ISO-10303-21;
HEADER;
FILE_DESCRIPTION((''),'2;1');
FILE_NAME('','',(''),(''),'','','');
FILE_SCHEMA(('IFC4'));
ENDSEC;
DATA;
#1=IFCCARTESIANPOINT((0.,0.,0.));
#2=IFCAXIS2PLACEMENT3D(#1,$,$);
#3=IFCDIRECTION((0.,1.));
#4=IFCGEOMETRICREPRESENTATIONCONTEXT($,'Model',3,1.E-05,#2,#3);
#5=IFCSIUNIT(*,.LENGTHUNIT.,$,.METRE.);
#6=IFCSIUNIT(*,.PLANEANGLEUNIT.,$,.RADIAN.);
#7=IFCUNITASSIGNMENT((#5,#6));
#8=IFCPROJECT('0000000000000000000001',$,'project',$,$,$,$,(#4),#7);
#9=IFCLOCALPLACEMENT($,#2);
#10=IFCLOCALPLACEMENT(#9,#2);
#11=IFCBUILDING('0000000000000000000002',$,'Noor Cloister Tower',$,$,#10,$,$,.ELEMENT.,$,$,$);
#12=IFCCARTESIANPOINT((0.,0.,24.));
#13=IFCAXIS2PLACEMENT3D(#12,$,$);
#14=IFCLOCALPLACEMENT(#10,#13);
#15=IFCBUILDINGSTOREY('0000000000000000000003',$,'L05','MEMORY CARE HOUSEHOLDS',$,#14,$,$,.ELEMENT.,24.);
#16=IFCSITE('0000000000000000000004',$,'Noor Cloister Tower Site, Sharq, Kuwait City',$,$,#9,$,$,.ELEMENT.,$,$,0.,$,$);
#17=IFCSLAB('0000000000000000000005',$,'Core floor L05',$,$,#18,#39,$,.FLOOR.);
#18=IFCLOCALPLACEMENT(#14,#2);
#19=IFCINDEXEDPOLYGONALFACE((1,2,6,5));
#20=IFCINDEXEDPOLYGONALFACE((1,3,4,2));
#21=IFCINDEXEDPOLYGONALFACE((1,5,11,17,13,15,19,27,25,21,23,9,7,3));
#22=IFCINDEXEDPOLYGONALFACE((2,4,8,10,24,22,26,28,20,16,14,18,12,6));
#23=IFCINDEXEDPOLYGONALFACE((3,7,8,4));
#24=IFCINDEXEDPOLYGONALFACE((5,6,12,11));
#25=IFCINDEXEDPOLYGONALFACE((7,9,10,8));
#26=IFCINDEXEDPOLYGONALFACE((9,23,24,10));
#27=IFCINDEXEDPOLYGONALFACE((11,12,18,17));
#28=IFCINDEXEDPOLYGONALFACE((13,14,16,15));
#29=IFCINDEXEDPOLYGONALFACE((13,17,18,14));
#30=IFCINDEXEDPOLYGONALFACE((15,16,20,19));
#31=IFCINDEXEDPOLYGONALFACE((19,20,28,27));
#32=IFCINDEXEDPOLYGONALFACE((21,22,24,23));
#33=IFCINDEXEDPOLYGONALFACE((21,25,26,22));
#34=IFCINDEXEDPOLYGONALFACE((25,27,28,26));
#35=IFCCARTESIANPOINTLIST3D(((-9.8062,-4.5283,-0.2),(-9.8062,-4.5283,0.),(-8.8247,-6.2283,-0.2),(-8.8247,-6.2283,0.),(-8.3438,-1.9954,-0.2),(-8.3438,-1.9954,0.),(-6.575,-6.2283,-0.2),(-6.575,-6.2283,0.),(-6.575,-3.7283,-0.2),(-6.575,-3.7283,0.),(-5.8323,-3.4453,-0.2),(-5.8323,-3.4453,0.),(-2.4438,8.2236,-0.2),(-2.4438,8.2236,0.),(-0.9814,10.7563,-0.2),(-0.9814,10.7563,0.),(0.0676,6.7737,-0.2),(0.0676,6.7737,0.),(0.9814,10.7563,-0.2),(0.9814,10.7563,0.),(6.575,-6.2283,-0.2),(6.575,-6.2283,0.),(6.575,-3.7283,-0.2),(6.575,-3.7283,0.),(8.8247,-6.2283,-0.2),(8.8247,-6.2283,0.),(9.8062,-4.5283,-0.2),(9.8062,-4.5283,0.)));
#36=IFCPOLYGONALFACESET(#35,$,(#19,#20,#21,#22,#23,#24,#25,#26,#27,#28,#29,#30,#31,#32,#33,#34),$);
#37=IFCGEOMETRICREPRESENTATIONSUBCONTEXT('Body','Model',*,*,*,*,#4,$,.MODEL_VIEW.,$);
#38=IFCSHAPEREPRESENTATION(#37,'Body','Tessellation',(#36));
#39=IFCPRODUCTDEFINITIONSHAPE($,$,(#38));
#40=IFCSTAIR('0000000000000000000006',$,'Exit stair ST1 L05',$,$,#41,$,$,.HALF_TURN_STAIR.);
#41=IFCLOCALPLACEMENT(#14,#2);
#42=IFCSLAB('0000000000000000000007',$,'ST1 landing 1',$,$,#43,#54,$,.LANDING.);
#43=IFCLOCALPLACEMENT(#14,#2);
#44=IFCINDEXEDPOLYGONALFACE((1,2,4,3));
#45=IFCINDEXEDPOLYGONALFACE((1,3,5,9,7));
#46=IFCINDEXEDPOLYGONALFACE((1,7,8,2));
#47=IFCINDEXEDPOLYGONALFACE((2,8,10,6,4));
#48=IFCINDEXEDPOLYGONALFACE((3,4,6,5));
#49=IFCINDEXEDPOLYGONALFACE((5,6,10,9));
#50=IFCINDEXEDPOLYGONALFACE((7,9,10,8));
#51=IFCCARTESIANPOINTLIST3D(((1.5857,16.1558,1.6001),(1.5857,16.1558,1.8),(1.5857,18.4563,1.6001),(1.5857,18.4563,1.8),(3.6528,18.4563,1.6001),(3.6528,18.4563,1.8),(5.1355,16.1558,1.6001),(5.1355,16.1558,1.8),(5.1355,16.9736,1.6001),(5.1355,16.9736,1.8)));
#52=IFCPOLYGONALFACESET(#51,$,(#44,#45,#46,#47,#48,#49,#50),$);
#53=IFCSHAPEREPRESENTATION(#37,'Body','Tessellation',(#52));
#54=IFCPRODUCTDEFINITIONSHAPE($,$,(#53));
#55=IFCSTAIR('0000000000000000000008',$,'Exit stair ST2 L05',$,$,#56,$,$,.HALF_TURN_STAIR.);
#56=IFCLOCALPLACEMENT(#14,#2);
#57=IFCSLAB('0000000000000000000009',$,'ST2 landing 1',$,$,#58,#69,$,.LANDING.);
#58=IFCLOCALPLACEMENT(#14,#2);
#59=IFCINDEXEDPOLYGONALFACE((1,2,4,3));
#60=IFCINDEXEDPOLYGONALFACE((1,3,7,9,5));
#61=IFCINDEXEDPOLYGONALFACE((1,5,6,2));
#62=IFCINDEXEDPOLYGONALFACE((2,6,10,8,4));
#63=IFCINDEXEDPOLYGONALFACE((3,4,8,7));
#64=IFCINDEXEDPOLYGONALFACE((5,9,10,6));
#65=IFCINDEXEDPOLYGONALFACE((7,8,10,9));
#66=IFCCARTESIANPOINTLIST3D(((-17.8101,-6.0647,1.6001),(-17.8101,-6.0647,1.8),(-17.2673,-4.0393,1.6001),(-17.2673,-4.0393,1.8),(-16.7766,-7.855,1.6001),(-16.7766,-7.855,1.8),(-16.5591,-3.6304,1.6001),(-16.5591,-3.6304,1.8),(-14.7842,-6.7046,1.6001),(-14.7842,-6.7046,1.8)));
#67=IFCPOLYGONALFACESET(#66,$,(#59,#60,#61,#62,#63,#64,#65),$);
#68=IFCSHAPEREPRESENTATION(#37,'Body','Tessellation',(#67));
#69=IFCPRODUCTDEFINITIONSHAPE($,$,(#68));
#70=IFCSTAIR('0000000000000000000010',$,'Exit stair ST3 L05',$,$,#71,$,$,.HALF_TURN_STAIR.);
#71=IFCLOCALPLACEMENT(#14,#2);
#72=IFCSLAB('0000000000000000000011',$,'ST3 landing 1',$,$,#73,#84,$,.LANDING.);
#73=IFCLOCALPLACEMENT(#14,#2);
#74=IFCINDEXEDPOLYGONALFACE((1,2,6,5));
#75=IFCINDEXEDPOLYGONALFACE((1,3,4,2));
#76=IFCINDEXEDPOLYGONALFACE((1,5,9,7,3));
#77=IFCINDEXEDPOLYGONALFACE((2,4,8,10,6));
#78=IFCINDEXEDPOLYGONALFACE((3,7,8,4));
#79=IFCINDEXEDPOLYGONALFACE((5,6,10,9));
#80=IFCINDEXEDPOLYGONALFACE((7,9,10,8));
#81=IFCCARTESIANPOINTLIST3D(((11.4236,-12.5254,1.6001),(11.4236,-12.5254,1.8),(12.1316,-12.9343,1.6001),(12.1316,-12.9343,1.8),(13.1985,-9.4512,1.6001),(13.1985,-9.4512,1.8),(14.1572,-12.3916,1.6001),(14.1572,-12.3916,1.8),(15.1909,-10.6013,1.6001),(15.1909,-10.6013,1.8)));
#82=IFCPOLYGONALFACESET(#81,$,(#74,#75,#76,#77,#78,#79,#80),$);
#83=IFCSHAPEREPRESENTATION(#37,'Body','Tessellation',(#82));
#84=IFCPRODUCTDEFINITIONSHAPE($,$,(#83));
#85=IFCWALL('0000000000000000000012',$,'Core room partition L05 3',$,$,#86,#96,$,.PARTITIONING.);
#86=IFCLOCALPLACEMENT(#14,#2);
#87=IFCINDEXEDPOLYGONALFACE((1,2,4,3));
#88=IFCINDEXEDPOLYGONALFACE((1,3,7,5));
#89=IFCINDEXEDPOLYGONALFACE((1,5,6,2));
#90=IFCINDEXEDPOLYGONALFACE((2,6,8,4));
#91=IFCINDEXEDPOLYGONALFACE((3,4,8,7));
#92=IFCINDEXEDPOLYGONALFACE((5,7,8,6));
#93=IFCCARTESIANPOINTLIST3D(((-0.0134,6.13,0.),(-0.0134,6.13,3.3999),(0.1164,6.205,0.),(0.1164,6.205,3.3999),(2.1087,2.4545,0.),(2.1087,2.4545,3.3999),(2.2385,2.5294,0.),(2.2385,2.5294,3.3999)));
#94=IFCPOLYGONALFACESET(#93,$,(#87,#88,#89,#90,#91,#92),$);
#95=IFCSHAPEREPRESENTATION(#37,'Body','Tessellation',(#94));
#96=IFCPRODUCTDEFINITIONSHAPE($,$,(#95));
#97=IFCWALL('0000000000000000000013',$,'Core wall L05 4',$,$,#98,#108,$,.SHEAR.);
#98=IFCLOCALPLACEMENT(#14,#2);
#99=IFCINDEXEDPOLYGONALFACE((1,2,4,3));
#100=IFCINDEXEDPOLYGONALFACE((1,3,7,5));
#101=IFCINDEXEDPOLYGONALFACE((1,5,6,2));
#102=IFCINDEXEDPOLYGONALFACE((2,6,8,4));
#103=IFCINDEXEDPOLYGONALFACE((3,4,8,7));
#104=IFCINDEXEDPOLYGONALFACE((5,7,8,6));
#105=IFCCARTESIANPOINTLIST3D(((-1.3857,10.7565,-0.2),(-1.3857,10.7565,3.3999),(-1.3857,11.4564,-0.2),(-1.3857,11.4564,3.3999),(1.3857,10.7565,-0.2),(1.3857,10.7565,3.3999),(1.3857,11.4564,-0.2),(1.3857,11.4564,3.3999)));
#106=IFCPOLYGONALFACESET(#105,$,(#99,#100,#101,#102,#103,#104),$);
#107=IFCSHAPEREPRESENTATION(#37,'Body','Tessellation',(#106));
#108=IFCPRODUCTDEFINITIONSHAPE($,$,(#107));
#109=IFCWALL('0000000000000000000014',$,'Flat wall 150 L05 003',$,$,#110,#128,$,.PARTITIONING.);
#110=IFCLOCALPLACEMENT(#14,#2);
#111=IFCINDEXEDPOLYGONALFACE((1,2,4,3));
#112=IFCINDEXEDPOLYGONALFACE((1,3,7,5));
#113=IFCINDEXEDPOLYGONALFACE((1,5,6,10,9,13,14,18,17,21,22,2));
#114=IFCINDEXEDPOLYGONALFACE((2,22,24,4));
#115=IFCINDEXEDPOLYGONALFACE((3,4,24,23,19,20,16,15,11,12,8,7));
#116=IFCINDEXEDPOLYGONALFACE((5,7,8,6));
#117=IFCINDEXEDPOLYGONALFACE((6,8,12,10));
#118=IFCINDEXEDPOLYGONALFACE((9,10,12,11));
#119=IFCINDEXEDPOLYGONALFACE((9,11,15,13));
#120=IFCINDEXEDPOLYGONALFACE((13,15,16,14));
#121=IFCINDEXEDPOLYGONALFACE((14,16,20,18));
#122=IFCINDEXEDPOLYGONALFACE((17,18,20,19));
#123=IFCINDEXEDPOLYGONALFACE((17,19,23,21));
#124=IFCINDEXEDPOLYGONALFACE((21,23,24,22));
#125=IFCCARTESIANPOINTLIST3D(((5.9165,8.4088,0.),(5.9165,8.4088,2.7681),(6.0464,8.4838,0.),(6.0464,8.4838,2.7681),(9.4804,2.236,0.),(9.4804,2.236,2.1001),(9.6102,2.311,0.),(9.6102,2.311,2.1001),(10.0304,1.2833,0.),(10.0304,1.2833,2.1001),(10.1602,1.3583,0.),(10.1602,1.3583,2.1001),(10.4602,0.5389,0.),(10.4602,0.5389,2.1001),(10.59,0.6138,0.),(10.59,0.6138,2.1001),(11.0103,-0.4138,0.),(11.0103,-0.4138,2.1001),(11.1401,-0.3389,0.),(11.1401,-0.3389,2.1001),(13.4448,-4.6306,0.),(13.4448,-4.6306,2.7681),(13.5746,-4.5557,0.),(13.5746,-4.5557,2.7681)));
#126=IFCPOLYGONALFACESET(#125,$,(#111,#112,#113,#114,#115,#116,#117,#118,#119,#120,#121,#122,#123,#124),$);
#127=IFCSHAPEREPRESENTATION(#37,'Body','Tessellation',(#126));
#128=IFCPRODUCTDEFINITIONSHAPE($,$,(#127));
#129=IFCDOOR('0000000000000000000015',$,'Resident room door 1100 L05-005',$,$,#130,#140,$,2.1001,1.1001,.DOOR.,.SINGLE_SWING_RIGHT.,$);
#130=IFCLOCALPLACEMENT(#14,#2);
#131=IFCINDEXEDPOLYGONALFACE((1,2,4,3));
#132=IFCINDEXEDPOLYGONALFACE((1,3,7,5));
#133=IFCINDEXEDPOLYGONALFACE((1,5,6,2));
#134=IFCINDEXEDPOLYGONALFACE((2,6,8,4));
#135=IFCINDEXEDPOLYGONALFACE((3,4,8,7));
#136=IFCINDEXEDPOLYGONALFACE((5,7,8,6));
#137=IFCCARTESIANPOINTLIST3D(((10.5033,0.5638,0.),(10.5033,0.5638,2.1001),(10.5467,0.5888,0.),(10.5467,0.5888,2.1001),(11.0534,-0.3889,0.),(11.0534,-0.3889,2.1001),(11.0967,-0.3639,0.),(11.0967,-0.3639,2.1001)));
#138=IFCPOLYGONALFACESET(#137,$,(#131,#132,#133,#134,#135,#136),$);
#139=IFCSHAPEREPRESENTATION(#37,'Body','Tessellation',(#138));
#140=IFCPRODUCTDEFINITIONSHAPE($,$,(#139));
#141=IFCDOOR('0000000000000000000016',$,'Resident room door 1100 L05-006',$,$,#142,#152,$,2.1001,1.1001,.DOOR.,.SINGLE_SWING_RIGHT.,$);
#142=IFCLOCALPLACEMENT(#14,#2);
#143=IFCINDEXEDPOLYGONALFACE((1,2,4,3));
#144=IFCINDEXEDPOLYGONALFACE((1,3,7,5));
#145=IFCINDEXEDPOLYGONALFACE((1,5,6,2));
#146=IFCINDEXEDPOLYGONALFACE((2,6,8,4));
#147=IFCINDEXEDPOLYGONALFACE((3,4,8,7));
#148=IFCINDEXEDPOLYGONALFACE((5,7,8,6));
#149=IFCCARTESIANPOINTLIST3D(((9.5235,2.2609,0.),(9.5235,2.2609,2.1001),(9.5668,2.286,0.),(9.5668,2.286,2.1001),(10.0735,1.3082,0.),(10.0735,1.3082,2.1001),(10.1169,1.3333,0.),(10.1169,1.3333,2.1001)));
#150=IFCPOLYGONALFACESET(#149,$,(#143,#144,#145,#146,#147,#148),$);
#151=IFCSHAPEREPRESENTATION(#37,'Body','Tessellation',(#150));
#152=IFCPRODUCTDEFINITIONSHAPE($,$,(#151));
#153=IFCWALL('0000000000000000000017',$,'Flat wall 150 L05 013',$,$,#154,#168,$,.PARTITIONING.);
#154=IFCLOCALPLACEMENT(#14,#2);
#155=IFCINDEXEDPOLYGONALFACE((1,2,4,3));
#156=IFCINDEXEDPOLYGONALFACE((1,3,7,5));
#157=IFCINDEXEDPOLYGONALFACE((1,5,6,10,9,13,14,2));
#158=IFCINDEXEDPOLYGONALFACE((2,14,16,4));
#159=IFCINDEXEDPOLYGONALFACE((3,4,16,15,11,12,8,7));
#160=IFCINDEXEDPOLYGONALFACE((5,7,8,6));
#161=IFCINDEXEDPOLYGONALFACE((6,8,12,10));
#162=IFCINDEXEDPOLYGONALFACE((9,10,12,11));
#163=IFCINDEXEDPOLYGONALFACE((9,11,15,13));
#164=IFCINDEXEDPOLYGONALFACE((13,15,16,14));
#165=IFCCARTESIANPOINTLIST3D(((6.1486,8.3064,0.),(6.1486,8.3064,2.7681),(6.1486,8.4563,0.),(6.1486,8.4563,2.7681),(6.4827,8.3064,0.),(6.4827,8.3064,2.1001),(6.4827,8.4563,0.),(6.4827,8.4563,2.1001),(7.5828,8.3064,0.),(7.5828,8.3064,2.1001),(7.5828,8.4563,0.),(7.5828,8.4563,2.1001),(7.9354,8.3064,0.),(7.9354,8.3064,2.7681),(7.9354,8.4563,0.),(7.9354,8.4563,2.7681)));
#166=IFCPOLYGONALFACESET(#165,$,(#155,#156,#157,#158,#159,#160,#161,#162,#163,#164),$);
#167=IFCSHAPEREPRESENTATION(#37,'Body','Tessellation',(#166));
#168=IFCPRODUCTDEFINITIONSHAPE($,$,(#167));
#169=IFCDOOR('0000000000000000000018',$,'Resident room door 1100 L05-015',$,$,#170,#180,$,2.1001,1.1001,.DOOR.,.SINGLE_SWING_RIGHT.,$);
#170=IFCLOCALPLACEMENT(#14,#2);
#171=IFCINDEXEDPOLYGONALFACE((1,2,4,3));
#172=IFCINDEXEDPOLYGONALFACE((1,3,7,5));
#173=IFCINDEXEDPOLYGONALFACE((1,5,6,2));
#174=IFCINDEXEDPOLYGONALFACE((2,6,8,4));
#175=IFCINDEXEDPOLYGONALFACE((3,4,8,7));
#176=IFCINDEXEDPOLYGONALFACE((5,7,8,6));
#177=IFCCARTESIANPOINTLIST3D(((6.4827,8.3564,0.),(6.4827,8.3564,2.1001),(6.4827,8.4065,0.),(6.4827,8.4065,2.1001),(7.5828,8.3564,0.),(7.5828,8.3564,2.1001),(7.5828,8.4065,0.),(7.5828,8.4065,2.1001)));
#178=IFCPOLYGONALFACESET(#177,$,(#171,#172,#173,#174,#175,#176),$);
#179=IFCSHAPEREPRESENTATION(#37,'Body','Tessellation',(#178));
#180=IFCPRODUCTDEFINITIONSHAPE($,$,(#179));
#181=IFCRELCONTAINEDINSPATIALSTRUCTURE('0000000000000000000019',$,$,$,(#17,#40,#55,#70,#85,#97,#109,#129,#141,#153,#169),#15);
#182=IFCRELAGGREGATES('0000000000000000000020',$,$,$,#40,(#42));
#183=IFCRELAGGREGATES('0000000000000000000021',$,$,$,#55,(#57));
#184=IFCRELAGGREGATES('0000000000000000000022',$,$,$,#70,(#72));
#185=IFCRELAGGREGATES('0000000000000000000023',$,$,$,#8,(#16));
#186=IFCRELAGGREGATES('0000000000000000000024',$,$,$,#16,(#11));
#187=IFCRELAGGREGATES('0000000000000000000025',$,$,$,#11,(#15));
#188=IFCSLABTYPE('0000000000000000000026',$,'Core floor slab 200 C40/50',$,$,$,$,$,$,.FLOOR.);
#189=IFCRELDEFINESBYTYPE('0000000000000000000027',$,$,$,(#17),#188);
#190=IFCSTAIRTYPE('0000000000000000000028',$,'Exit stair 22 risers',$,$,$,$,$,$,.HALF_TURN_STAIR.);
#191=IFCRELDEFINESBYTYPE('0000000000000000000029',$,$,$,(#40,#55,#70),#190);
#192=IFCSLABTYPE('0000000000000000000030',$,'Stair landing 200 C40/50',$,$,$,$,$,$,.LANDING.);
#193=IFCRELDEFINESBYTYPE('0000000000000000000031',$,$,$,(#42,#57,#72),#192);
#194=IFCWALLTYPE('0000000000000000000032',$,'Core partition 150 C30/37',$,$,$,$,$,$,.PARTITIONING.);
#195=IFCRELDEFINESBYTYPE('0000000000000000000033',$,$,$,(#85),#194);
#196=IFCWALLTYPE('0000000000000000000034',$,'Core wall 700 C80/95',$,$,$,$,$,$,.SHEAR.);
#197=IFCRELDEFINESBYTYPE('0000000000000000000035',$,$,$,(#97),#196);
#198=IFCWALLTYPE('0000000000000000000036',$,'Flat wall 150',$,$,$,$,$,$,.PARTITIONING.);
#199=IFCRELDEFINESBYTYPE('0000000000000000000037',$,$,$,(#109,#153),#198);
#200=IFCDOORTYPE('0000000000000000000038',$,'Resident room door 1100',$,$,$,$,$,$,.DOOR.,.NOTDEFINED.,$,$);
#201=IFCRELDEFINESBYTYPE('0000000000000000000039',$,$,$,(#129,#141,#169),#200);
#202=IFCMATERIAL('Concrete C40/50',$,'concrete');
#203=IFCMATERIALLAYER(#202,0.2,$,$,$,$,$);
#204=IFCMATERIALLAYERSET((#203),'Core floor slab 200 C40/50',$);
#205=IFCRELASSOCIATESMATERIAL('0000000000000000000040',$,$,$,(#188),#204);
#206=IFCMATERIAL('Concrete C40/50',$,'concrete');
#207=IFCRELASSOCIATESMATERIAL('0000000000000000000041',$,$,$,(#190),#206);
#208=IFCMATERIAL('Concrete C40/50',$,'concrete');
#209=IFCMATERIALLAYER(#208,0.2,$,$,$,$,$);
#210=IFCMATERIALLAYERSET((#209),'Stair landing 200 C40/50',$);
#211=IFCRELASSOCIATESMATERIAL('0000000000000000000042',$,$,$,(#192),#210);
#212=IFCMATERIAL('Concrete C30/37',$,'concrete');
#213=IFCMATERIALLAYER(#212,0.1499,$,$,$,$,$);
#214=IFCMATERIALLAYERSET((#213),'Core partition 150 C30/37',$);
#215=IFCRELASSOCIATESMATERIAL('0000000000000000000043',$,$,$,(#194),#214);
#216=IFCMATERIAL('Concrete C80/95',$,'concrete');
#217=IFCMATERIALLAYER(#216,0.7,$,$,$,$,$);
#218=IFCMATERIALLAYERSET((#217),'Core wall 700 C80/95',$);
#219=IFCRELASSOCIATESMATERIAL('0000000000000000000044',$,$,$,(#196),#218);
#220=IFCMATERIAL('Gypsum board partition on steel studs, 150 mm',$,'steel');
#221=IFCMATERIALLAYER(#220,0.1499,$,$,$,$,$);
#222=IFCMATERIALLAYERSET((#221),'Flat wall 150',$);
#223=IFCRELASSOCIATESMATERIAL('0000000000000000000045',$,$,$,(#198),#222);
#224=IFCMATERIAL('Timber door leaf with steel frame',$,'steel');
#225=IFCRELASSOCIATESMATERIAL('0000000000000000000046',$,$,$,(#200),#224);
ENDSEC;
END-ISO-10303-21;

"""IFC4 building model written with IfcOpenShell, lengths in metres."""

from ifc_helpers import new_model, si_unit, direction, frame, frame_2d, origin, place, context, subcontext, project, spatial, polyline, rectangle, outline, extrude, material, layer, layer_set, type_object, element, fill, aggregate, save


model = new_model("IFC4")

# Units and contexts
model_context = context("Model", 3, precision=1e-05, world=origin(), true_north=direction((0.0, 1.0)))
body_context = subcontext(model_context, "Body", "Model", "MODEL_VIEW")
ifc_project = project(units=[si_unit("LENGTHUNIT", "METRE"), si_unit("PLANEANGLEUNIT", "RADIAN")], contexts=[model_context])

# Site, building, storey
site_placement = place(None, origin())
site = spatial("IfcSite", under=ifc_project, at=site_placement, Name="Noor Cloister Tower Site, Sharq, Kuwait City", CompositionType="ELEMENT", RefElevation=0.0)
building_placement = place(site_placement, origin())
building = spatial("IfcBuilding", under=site, at=building_placement, Name="Noor Cloister Tower", CompositionType="ELEMENT")
storey_placement = place(building_placement, frame((0.0, 0.0, 24.0)))
storey = spatial("IfcBuildingStorey", under=building, at=storey_placement, Name="L05", Description="MEMORY CARE HOUSEHOLDS", CompositionType="ELEMENT", Elevation=24.0)

# Slab
ifc_material_1 = material(Name="Concrete C40/50", Category="concrete")
ifc_layer_1 = layer(ifc_material_1, 0.2)
ifc_layer_set_1 = layer_set([ifc_layer_1], Name="Core floor slab 200 C40/50")
slab_type_1 = type_object("IfcSlabType", Name="Core floor slab 200 C40/50", PredefinedType="FLOOR", material=ifc_layer_set_1)
slab_1_placement = place(storey_placement, frame((0.0, 0.0, -0.2)))
element("IfcSlab", 1, at=slab_1_placement, inside=storey, type_object=slab_type_1, Name="Core floor L05", PredefinedType="FLOOR", context=body_context, shape_type="SweptSolid", body=[
    extrude(outline(polyline([(-6.575, -6.2283), (-6.575, -3.7283), (6.575, -3.7283), (6.575, -6.2283), (8.8247, -6.2283), (9.8062, -4.5283), (0.9814, 10.7563), (-0.9814, 10.7563), (-2.4438, 8.2236), (0.0676, 6.7737), (-5.8323, -3.4453), (-8.3438, -1.9954), (-9.8062, -4.5283), (-8.8247, -6.2283), (-6.575, -6.2283)])), origin(), (0.0, 0.0, 1.0), 0.2),
])

# Stairs, slabs
ifc_material_2 = material(Name="Concrete C40/50", Category="concrete")
stair_type = type_object("IfcStairType", Name="Exit stair 22 risers", PredefinedType="HALF_TURN_STAIR", material=ifc_material_2)
stair_1_placement = place(storey_placement, origin())
stair_1 = element("IfcStair", 2, at=stair_1_placement, inside=storey, type_object=stair_type, Name="Exit stair ST1 L05", PredefinedType="HALF_TURN_STAIR")
ifc_material_3 = material(Name="Concrete C40/50", Category="concrete")
ifc_layer_2 = layer(ifc_material_3, 0.2)
ifc_layer_set_2 = layer_set([ifc_layer_2], Name="Stair landing 200 C40/50")
slab_type_2 = type_object("IfcSlabType", Name="Stair landing 200 C40/50", PredefinedType="LANDING", material=ifc_layer_set_2)
slab_2_placement = place(storey_placement, frame((0.0, 0.0, 1.6001)))
slab_2 = element("IfcSlab", 3, at=slab_2_placement, type_object=slab_type_2, Name="ST1 landing 1", PredefinedType="LANDING", context=body_context, shape_type="SweptSolid", body=[
    extrude(outline(polyline([(5.1355, 16.1558), (5.1355, 16.9736), (3.6528, 18.4563), (1.5857, 18.4563), (1.5857, 16.1558), (5.1355, 16.1558)])), origin(), (0.0, 0.0, 1.0), 0.2),
])
aggregate(stair_1, [slab_2])
stair_2_placement = place(storey_placement, origin())
stair_2 = element("IfcStair", 4, at=stair_2_placement, inside=storey, type_object=stair_type, Name="Exit stair ST2 L05", PredefinedType="HALF_TURN_STAIR")
slab_3_placement = place(storey_placement, frame((0.0, 0.0, 1.6001)))
slab_3 = element("IfcSlab", 5, at=slab_3_placement, type_object=slab_type_2, Name="ST2 landing 1", PredefinedType="LANDING", context=body_context, shape_type="SweptSolid", body=[
    extrude(outline(polyline([(-16.5591, -3.6304), (-17.2673, -4.0393), (-17.8101, -6.0647), (-16.7766, -7.855), (-14.7842, -6.7046), (-16.5591, -3.6304)])), origin(), (0.0, 0.0, 1.0), 0.2),
])
aggregate(stair_2, [slab_3])
stair_3_placement = place(storey_placement, origin())
stair_3 = element("IfcStair", 6, at=stair_3_placement, inside=storey, type_object=stair_type, Name="Exit stair ST3 L05", PredefinedType="HALF_TURN_STAIR")
slab_4_placement = place(storey_placement, frame((0.0, 0.0, 1.6001)))
slab_4 = element("IfcSlab", 7, at=slab_4_placement, type_object=slab_type_2, Name="ST3 landing 1", PredefinedType="LANDING", context=body_context, shape_type="SweptSolid", body=[
    extrude(outline(polyline([(11.4236, -12.5254), (12.1316, -12.9343), (14.1572, -12.3916), (15.1909, -10.6013), (13.1985, -9.4512), (11.4236, -12.5254)])), origin(), (0.0, 0.0, 1.0), 0.2),
])
aggregate(stair_3, [slab_4])

# Walls
ifc_material_4 = material(Name="Concrete C30/37", Category="concrete")
ifc_layer_3 = layer(ifc_material_4, 0.1499)
ifc_layer_set_3 = layer_set([ifc_layer_3], Name="Core partition 150 C30/37")
wall_type_1 = type_object("IfcWallType", Name="Core partition 150 C30/37", PredefinedType="PARTITIONING", material=ifc_layer_set_3)
wall_1_placement = place(storey_placement, frame((2.1736, 2.4919, 0.0), z_axis=(0.0, 0.0, 1.0), x_axis=(-0.5, 0.866026, 0.0)))
element("IfcWall", 8, at=wall_1_placement, inside=storey, type_object=wall_type_1, Name="Core room partition L05 3", PredefinedType="PARTITIONING", context=body_context, shape_type="SweptSolid", body=[
    extrude(rectangle(XDim=4.2441, YDim=0.1499, at=frame_2d((2.1221, 0.0))), origin(), (0.0, 0.0, 1.0), 3.3999),
])
ifc_material_5 = material(Name="Concrete C80/95", Category="concrete")
ifc_layer_4 = layer(ifc_material_5, 0.7)
ifc_layer_set_4 = layer_set([ifc_layer_4], Name="Core wall 700 C80/95")
wall_type_2 = type_object("IfcWallType", Name="Core wall 700 C80/95", PredefinedType="SHEAR", material=ifc_layer_set_4)
wall_2_placement = place(storey_placement, frame((1.3857, 11.1064, -0.2), z_axis=(0.0, 0.0, 1.0), x_axis=(-1.0, 0.0, 0.0)))
element("IfcWall", 9, at=wall_2_placement, inside=storey, type_object=wall_type_2, Name="Core wall L05 4", PredefinedType="SHEAR", context=body_context, shape_type="SweptSolid", body=[
    extrude(rectangle(XDim=2.7715, YDim=0.7, at=frame_2d((1.3857, 0.0))), origin(), (0.0, 0.0, 1.0), 3.5999),
])

# Wall, openings, doors
ifc_material_6 = material(Name="Gypsum board partition on steel studs, 150 mm", Category="steel")
ifc_layer_5 = layer(ifc_material_6, 0.1499)
ifc_layer_set_5 = layer_set([ifc_layer_5], Name="Flat wall 150")
wall_type_3 = type_object("IfcWallType", Name="Flat wall 150", PredefinedType="PARTITIONING", material=ifc_layer_set_5)
wall_3_placement = place(storey_placement, frame((5.9814, 8.4463, 0.0), z_axis=(0.0, 0.0, 1.0), x_axis=(0.499997, -0.866027, 0.0)))
wall_3 = element("IfcWall", 10, at=wall_3_placement, inside=storey, type_object=wall_type_3, Name="Flat wall 150 L05 003", PredefinedType="PARTITIONING", context=body_context, shape_type="SweptSolid", body=[
    extrude(rectangle(XDim=15.0566, YDim=0.1499, at=frame_2d((7.5283, 0.0))), origin(), (0.0, 0.0, 1.0), 2.7681),
])
opening_1_placement = place(wall_3_placement, frame((9.0874, 0.0, 0.0)))
opening_1 = element("IfcOpeningElement", 11, at=opening_1_placement, cuts=wall_3, PredefinedType="OPENING", context=body_context, shape_type="SweptSolid", body=[
    extrude(rectangle(XDim=1.1001, YDim=2.1001, at=frame_2d((0.55, 1.05))), frame((0.0, 0.085, 0.0), z_axis=(0.0, -1.0, 0.0), x_axis=(1.0, 0.0, 0.0)), (0.0, 0.0, 1.0), 0.1699),
])
opening_2_placement = place(wall_3_placement, frame((7.1277, 0.0, 0.0)))
opening_2 = element("IfcOpeningElement", 12, at=opening_2_placement, cuts=wall_3, PredefinedType="OPENING", context=body_context, shape_type="SweptSolid", body=[
    extrude(rectangle(XDim=1.1001, YDim=2.1001, at=frame_2d((0.55, 1.05))), frame((0.0, 0.085, 0.0), z_axis=(0.0, -1.0, 0.0), x_axis=(1.0, 0.0, 0.0)), (0.0, 0.0, 1.0), 0.1699),
])
ifc_material_7 = material(Name="Timber door leaf with steel frame", Category="steel")
door_type_1 = type_object("IfcDoorType", Name="Resident room door 1100", OperationType="NOTDEFINED", PredefinedType="DOOR", material=ifc_material_7)
door_1_placement = place(opening_1_placement, origin())
door_1 = element("IfcDoor", 13, at=door_1_placement, inside=storey, type_object=door_type_1, Name="Resident room door 1100 L05-005", OperationType="SINGLE_SWING_RIGHT", OverallHeight=2.1001, OverallWidth=1.1001, PredefinedType="DOOR", context=body_context, shape_type="SweptSolid", body=[
    extrude(rectangle(XDim=1.1001, YDim=2.1001, at=frame_2d((0.55, 1.05))), frame((0.0, 0.0249, 0.0), z_axis=(0.0, -1.0, 0.0), x_axis=(1.0, 0.0, 0.0)), (0.0, 0.0, 1.0), 0.05),
])
fill(opening_1, door_1)
door_2_placement = place(opening_2_placement, origin())
door_2 = element("IfcDoor", 14, at=door_2_placement, inside=storey, type_object=door_type_1, Name="Resident room door 1100 L05-006", OperationType="SINGLE_SWING_RIGHT", OverallHeight=2.1001, OverallWidth=1.1001, PredefinedType="DOOR", context=body_context, shape_type="SweptSolid", body=[
    extrude(rectangle(XDim=1.1001, YDim=2.1001, at=frame_2d((0.55, 1.05))), frame((0.0, 0.0249, 0.0), z_axis=(0.0, -1.0, 0.0), x_axis=(1.0, 0.0, 0.0)), (0.0, 0.0, 1.0), 0.05),
])
fill(opening_2, door_2)

# Wall, opening, door
wall_4_placement = place(storey_placement, frame((7.9355, 8.3813, 0.0), z_axis=(0.0, 0.0, 1.0), x_axis=(-1.0, 0.0, 0.0)))
wall_4 = element("IfcWall", 15, at=wall_4_placement, inside=storey, type_object=wall_type_3, Name="Flat wall 150 L05 013", PredefinedType="PARTITIONING", context=body_context, shape_type="SweptSolid", body=[
    extrude(rectangle(XDim=1.7869, YDim=0.1499, at=frame_2d((0.8936, 0.0))), origin(), (0.0, 0.0, 1.0), 2.7681),
])
opening_3_placement = place(wall_4_placement, frame((0.3528, 0.0, 0.0)))
opening_3 = element("IfcOpeningElement", 16, at=opening_3_placement, cuts=wall_4, PredefinedType="OPENING", context=body_context, shape_type="SweptSolid", body=[
    extrude(rectangle(XDim=1.1001, YDim=2.1001, at=frame_2d((0.55, 1.05))), frame((0.0, 0.085, 0.0), z_axis=(0.0, -1.0, 0.0), x_axis=(1.0, 0.0, 0.0)), (0.0, 0.0, 1.0), 0.1699),
])
door_3_placement = place(opening_3_placement, origin())
door_3 = element("IfcDoor", 17, at=door_3_placement, inside=storey, type_object=door_type_1, Name="Resident room door 1100 L05-015", OperationType="SINGLE_SWING_RIGHT", OverallHeight=2.1001, OverallWidth=1.1001, PredefinedType="DOOR", context=body_context, shape_type="SweptSolid", body=[
    extrude(rectangle(XDim=1.1001, YDim=2.1001, at=frame_2d((0.55, 1.05))), frame((0.0, 0.0249, 0.0), z_axis=(0.0, -1.0, 0.0), x_axis=(1.0, 0.0, 0.0)), (0.0, 0.0, 1.0), 0.05),
])
fill(opening_3, door_3)

save(model, "model.ifc")
